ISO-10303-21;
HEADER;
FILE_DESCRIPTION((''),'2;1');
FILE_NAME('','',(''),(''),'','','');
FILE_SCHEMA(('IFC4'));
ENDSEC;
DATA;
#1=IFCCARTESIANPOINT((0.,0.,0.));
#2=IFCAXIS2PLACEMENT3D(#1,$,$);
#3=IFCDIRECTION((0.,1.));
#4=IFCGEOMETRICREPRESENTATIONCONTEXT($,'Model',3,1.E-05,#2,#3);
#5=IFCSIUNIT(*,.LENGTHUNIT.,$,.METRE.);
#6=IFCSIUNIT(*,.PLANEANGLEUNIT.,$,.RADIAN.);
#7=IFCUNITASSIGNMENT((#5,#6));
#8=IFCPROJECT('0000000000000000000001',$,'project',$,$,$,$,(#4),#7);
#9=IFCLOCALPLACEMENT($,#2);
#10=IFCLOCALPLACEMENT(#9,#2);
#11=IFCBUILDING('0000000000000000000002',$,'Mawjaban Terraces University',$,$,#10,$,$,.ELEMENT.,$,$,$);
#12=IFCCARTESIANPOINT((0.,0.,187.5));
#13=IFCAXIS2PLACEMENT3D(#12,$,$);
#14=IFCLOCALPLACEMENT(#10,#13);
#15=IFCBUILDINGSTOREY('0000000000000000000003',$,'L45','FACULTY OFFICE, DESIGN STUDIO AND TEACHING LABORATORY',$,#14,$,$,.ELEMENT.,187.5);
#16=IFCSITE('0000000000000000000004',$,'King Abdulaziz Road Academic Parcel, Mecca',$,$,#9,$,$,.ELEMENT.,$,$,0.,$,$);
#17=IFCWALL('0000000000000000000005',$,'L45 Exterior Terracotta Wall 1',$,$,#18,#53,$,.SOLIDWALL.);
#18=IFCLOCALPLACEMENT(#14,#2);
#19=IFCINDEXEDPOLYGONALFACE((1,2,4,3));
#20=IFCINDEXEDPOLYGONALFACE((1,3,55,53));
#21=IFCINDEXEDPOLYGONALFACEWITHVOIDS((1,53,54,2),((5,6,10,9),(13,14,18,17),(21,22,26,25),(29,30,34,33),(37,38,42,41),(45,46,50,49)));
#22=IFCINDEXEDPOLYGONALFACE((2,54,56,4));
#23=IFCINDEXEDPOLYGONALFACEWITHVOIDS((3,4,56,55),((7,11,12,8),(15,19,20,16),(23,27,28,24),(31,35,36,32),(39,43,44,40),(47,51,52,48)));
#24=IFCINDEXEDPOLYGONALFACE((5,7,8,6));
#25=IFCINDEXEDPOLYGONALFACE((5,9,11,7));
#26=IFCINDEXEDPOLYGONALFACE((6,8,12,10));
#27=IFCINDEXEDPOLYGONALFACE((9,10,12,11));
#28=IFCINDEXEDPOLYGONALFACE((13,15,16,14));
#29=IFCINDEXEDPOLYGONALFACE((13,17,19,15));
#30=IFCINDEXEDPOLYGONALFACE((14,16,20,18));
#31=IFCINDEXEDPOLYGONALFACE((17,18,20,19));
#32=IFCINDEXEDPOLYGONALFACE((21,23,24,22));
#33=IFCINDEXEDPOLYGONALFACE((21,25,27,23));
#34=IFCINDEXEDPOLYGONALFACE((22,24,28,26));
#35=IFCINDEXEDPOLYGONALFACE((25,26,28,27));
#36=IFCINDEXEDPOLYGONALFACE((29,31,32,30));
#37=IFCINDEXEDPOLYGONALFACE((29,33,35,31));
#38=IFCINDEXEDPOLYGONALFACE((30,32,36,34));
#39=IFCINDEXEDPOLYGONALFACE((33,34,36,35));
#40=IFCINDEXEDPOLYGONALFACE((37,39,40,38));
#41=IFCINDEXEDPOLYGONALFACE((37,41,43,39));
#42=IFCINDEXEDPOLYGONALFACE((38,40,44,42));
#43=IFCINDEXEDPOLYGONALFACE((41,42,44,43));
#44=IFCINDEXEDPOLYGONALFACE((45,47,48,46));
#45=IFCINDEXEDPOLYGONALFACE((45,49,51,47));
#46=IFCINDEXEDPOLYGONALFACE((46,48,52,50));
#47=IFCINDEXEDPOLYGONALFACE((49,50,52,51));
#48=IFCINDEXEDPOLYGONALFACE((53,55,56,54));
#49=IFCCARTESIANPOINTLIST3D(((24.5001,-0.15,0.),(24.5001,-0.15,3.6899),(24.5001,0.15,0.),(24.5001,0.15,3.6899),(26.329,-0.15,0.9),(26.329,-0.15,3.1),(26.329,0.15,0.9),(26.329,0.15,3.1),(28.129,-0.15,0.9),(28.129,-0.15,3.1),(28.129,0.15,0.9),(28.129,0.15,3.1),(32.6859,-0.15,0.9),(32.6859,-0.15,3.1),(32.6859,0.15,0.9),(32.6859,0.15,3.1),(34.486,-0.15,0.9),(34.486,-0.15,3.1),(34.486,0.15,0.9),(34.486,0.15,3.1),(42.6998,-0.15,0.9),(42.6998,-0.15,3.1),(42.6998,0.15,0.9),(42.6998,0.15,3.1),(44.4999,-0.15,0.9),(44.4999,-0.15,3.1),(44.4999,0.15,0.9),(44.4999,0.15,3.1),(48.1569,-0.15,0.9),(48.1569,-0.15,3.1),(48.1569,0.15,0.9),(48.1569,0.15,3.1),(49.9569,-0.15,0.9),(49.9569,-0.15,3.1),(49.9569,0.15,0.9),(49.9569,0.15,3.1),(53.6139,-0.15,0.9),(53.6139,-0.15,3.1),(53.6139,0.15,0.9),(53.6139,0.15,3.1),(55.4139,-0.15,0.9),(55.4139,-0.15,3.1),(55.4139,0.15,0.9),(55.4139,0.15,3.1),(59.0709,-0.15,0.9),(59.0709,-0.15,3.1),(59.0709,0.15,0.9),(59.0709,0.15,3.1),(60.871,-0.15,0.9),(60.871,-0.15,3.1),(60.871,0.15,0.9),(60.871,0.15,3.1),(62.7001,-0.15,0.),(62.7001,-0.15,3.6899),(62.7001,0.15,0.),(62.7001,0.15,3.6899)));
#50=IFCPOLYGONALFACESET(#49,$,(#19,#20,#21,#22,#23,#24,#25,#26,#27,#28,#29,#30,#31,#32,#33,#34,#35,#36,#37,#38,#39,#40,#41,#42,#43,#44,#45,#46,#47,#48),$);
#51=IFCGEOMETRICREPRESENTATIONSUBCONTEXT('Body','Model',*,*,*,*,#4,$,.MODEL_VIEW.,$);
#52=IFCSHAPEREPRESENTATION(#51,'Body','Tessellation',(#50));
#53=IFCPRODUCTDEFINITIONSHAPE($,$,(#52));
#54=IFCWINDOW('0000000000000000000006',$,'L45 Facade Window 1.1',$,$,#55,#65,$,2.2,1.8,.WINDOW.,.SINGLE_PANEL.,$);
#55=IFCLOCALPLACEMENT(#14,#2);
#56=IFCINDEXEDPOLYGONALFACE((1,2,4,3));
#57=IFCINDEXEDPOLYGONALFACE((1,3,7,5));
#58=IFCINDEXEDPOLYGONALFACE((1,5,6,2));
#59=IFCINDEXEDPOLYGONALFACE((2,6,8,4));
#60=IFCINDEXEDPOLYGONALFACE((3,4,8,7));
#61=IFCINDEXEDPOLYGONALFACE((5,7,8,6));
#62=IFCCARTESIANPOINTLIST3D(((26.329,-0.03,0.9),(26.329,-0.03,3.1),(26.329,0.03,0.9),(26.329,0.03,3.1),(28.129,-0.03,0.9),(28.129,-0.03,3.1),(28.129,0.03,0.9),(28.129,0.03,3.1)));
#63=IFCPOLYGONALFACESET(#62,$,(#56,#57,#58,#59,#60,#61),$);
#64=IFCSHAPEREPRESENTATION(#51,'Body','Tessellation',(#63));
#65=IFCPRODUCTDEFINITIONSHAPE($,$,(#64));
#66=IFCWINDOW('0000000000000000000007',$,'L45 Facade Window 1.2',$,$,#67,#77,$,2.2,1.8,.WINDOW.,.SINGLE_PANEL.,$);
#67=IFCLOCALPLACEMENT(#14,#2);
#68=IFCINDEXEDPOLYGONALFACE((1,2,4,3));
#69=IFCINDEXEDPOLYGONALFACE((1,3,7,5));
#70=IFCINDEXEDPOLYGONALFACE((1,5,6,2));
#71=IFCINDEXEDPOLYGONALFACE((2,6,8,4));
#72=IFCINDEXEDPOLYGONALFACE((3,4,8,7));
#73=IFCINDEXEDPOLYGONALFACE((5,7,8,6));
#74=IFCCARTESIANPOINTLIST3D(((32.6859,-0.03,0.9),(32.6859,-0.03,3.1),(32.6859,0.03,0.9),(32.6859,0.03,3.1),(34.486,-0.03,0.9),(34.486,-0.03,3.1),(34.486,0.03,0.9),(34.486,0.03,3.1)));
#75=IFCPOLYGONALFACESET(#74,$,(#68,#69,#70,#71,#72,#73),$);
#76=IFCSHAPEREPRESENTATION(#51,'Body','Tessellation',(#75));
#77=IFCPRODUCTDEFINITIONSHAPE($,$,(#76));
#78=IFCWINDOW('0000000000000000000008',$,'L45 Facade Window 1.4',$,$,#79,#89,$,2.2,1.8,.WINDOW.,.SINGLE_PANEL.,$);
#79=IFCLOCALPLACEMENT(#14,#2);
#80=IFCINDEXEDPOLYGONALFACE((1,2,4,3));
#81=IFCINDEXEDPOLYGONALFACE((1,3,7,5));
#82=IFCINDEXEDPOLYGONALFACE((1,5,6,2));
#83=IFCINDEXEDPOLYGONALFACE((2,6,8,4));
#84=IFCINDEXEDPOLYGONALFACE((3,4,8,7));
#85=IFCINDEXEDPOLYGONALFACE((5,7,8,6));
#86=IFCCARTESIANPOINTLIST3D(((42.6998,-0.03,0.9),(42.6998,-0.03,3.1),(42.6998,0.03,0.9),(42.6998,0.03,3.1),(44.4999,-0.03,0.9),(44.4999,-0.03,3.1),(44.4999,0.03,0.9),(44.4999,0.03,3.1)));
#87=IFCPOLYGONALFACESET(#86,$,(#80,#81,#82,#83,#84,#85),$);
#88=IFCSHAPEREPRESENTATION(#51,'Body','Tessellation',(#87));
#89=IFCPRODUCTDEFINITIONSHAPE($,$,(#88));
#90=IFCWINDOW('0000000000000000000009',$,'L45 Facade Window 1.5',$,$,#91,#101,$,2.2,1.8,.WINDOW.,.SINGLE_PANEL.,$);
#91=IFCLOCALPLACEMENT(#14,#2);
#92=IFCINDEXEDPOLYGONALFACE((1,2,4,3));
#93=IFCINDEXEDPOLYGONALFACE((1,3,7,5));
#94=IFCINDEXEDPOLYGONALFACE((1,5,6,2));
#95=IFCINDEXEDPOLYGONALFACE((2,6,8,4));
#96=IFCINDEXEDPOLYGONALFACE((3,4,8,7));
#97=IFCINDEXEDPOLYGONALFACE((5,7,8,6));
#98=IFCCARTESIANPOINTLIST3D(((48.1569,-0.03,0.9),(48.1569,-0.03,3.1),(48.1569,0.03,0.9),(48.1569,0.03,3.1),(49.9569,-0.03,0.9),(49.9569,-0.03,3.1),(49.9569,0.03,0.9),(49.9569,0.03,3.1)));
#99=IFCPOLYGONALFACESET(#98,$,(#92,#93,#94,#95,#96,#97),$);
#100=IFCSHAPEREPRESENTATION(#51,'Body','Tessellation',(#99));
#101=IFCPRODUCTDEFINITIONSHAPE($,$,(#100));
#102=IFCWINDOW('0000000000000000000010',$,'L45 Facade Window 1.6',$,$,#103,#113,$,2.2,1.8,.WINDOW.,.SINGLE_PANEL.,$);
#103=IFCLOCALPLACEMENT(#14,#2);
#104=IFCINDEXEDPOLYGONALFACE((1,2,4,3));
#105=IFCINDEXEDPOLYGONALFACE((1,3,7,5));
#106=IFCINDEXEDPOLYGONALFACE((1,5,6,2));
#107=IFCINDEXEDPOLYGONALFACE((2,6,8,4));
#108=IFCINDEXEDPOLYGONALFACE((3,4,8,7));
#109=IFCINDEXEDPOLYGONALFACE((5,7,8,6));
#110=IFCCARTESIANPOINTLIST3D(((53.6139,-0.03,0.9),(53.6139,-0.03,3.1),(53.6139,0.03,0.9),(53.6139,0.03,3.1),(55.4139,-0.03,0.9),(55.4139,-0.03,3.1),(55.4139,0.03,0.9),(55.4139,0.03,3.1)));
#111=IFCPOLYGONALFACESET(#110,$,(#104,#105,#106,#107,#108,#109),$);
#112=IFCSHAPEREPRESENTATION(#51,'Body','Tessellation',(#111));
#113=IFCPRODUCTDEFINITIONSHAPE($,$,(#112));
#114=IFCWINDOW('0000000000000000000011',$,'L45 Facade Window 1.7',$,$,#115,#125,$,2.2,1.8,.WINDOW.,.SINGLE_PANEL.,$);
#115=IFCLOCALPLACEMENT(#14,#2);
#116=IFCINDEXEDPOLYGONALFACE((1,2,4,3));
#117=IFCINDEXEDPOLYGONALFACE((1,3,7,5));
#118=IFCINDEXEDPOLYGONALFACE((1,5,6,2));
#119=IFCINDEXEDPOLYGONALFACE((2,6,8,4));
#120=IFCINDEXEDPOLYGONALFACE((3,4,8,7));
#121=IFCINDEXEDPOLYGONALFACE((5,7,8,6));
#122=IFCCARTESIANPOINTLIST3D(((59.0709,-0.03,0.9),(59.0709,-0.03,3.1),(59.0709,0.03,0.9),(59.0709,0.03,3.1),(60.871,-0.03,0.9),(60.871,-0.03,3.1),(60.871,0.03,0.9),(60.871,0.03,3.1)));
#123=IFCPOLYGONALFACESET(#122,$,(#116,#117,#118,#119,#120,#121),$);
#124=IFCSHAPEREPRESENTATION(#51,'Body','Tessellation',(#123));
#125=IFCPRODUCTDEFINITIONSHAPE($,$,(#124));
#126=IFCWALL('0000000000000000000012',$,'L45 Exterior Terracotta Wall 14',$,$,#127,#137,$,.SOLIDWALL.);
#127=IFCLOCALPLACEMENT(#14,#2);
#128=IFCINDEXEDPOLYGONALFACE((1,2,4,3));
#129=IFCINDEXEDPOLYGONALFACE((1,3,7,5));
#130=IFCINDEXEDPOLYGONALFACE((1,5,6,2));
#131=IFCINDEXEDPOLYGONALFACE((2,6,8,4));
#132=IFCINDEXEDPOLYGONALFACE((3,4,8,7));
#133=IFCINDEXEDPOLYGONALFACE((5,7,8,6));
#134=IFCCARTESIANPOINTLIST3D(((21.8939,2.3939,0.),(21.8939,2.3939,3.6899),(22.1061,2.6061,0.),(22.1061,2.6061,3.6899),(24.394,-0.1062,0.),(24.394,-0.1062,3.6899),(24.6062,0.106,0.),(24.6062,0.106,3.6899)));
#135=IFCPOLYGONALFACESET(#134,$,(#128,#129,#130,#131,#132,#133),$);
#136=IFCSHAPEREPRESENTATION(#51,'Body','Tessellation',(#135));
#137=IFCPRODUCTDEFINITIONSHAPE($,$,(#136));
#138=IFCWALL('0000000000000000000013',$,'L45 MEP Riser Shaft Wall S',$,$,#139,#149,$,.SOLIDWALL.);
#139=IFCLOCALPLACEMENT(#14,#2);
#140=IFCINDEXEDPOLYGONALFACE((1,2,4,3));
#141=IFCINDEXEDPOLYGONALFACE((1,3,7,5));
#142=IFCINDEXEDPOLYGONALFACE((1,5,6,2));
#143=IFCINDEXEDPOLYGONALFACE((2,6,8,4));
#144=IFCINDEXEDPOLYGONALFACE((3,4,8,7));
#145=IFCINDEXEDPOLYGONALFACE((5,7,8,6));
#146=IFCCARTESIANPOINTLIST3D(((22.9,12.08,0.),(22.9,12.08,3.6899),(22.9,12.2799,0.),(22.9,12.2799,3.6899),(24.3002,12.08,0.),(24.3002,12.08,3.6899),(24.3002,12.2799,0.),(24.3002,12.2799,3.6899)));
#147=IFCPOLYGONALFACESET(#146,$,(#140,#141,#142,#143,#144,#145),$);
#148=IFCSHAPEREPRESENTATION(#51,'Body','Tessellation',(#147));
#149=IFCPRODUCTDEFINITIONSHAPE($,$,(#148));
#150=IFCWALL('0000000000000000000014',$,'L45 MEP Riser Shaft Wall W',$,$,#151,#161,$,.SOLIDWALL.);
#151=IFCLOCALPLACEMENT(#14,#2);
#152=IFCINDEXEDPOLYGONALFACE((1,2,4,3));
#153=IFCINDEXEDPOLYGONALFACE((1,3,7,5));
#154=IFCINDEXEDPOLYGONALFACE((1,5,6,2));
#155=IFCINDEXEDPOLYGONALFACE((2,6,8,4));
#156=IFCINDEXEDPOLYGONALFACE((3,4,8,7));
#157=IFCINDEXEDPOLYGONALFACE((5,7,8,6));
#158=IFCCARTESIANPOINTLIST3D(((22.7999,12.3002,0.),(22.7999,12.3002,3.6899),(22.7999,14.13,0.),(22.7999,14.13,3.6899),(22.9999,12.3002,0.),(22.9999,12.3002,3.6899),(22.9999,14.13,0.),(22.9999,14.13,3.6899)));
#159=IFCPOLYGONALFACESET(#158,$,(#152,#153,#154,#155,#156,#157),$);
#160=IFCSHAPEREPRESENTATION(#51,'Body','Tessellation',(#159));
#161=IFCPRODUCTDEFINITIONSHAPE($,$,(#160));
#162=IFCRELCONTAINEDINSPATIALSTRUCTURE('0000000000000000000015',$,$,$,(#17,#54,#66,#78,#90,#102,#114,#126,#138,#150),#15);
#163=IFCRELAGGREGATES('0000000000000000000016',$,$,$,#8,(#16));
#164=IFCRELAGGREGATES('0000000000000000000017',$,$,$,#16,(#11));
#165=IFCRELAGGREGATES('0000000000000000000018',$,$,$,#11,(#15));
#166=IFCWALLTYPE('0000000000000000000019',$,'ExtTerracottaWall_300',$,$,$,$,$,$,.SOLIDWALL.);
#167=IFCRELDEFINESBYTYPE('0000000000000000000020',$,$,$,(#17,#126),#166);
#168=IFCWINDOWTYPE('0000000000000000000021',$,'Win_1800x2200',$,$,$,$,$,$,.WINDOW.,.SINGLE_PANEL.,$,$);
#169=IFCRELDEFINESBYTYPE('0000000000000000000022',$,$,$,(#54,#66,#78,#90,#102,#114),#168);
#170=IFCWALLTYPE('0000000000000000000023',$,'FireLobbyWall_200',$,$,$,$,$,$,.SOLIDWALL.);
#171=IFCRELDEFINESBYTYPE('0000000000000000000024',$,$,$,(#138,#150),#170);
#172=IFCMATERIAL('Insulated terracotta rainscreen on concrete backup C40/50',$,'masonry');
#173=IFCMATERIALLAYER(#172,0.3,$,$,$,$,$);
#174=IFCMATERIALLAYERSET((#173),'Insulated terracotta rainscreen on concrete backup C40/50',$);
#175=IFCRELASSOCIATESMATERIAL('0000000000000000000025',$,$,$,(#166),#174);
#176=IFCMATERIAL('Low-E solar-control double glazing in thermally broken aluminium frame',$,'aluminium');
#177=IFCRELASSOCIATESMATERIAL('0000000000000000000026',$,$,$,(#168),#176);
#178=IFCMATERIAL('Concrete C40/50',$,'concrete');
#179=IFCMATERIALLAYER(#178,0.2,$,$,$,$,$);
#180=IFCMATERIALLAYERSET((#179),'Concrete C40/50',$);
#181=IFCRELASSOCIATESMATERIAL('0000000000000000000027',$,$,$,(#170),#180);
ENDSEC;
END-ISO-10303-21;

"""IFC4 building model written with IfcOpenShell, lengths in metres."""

from ifc_helpers import new_model, si_unit, direction, frame, frame_2d, origin, place, context, subcontext, project, spatial, rectangle, extrude, material, layer, layer_set, type_object, element, fill, save


model = new_model("IFC4")

# Units and contexts
model_context = context("Model", 3, precision=1e-05, world=origin(), true_north=direction((0.0, 1.0)))
body_context = subcontext(model_context, "Body", "Model", "MODEL_VIEW")
ifc_project = project(units=[si_unit("LENGTHUNIT", "METRE"), si_unit("PLANEANGLEUNIT", "RADIAN")], contexts=[model_context])

# Site, building, storey
site_placement = place(None, origin())
site = spatial("IfcSite", under=ifc_project, at=site_placement, Name="King Abdulaziz Road Academic Parcel, Mecca", CompositionType="ELEMENT", RefElevation=0.0)
building_placement = place(site_placement, origin())
building = spatial("IfcBuilding", under=site, at=building_placement, Name="Mawjaban Terraces University", CompositionType="ELEMENT")
storey_placement = place(building_placement, frame((0.0, 0.0, 187.5)))
storey = spatial("IfcBuildingStorey", under=building, at=storey_placement, Name="L45", Description="FACULTY OFFICE, DESIGN STUDIO AND TEACHING LABORATORY", CompositionType="ELEMENT", Elevation=187.5)

# Wall, openings, windows
ifc_material_1 = material(Name="Insulated terracotta rainscreen on concrete backup C40/50", Category="masonry")
ifc_layer_1 = layer(ifc_material_1, 0.3)
ifc_layer_set_1 = layer_set([ifc_layer_1], Name="Insulated terracotta rainscreen on concrete backup C40/50")
wall_type_1 = type_object("IfcWallType", Name="ExtTerracottaWall_300", PredefinedType="SOLIDWALL", material=ifc_layer_set_1)
wall_1_placement = place(storey_placement, frame((24.5, 0.0, 0.0), z_axis=(0.0, 0.0, 1.0), x_axis=(1.0, 0.0, 0.0)))
wall_1 = element("IfcWall", 1, at=wall_1_placement, inside=storey, type_object=wall_type_1, Name="L45 Exterior Terracotta Wall 1", PredefinedType="SOLIDWALL", context=body_context, shape_type="SweptSolid", body=[
    extrude(rectangle(XDim=38.2, YDim=0.3, at=frame_2d((19.1001, 0.0))), origin(), (0.0, 0.0, 1.0), 3.6899),
])
opening_1_placement = place(wall_1_placement, frame((1.8291, 0.0, 0.8999)))
opening_1 = element("IfcOpeningElement", 2, at=opening_1_placement, cuts=wall_1, PredefinedType="OPENING", context=body_context, shape_type="SweptSolid", body=[
    extrude(rectangle(XDim=1.8, YDim=2.2, at=frame_2d((0.8999, 1.1001))), frame((0.0, 0.1599, 0.0), z_axis=(0.0, -1.0, 0.0), x_axis=(1.0, 0.0, 0.0)), (0.0, 0.0, 1.0), 0.3201),
])
opening_2_placement = place(wall_1_placement, frame((8.186, 0.0, 0.8999)))
opening_2 = element("IfcOpeningElement", 3, at=opening_2_placement, cuts=wall_1, PredefinedType="OPENING", context=body_context, shape_type="SweptSolid", body=[
    extrude(rectangle(XDim=1.8, YDim=2.2, at=frame_2d((0.8999, 1.1001))), frame((0.0, 0.1599, 0.0), z_axis=(0.0, -1.0, 0.0), x_axis=(1.0, 0.0, 0.0)), (0.0, 0.0, 1.0), 0.3201),
])
opening_3_placement = place(wall_1_placement, frame((18.2, 0.0, 0.8999)))
opening_3 = element("IfcOpeningElement", 4, at=opening_3_placement, cuts=wall_1, PredefinedType="OPENING", context=body_context, shape_type="SweptSolid", body=[
    extrude(rectangle(XDim=1.8, YDim=2.2, at=frame_2d((0.8999, 1.1001))), frame((0.0, 0.1599, 0.0), z_axis=(0.0, -1.0, 0.0), x_axis=(1.0, 0.0, 0.0)), (0.0, 0.0, 1.0), 0.3201),
])
opening_4_placement = place(wall_1_placement, frame((23.657, 0.0, 0.8999)))
opening_4 = element("IfcOpeningElement", 5, at=opening_4_placement, cuts=wall_1, PredefinedType="OPENING", context=body_context, shape_type="SweptSolid", body=[
    extrude(rectangle(XDim=1.8, YDim=2.2, at=frame_2d((0.8999, 1.1001))), frame((0.0, 0.1599, 0.0), z_axis=(0.0, -1.0, 0.0), x_axis=(1.0, 0.0, 0.0)), (0.0, 0.0, 1.0), 0.3201),
])
opening_5_placement = place(wall_1_placement, frame((29.114, 0.0, 0.8999)))
opening_5 = element("IfcOpeningElement", 6, at=opening_5_placement, cuts=wall_1, PredefinedType="OPENING", context=body_context, shape_type="SweptSolid", body=[
    extrude(rectangle(XDim=1.8, YDim=2.2, at=frame_2d((0.8999, 1.1001))), frame((0.0, 0.1599, 0.0), z_axis=(0.0, -1.0, 0.0), x_axis=(1.0, 0.0, 0.0)), (0.0, 0.0, 1.0), 0.3201),
])
opening_6_placement = place(wall_1_placement, frame((34.571, 0.0, 0.8999)))
opening_6 = element("IfcOpeningElement", 7, at=opening_6_placement, cuts=wall_1, PredefinedType="OPENING", context=body_context, shape_type="SweptSolid", body=[
    extrude(rectangle(XDim=1.8, YDim=2.2, at=frame_2d((0.8999, 1.1001))), frame((0.0, 0.1599, 0.0), z_axis=(0.0, -1.0, 0.0), x_axis=(1.0, 0.0, 0.0)), (0.0, 0.0, 1.0), 0.3201),
])
ifc_material_2 = material(Name="Low-E solar-control double glazing in thermally broken aluminium frame", Category="aluminium")
window_type = type_object("IfcWindowType", Name="Win_1800x2200", PartitioningType="SINGLE_PANEL", PredefinedType="WINDOW", material=ifc_material_2)
window_1_placement = place(opening_1_placement, origin())
window_1 = element("IfcWindow", 8, at=window_1_placement, inside=storey, type_object=window_type, Name="L45 Facade Window 1.1", OverallHeight=2.2, OverallWidth=1.8, PartitioningType="SINGLE_PANEL", PredefinedType="WINDOW", context=body_context, shape_type="SweptSolid", body=[
    extrude(rectangle(XDim=1.8, YDim=2.2, at=frame_2d((0.8999, 1.1001))), frame((0.0, 0.03, 0.0), z_axis=(0.0, -1.0, 0.0), x_axis=(1.0, 0.0, 0.0)), (0.0, 0.0, 1.0), 0.0601),
])
fill(opening_1, window_1)
window_2_placement = place(opening_2_placement, origin())
window_2 = element("IfcWindow", 9, at=window_2_placement, inside=storey, type_object=window_type, Name="L45 Facade Window 1.2", OverallHeight=2.2, OverallWidth=1.8, PartitioningType="SINGLE_PANEL", PredefinedType="WINDOW", context=body_context, shape_type="SweptSolid", body=[
    extrude(rectangle(XDim=1.8, YDim=2.2, at=frame_2d((0.8999, 1.1001))), frame((0.0, 0.03, 0.0), z_axis=(0.0, -1.0, 0.0), x_axis=(1.0, 0.0, 0.0)), (0.0, 0.0, 1.0), 0.0601),
])
fill(opening_2, window_2)
window_3_placement = place(opening_3_placement, origin())
window_3 = element("IfcWindow", 10, at=window_3_placement, inside=storey, type_object=window_type, Name="L45 Facade Window 1.4", OverallHeight=2.2, OverallWidth=1.8, PartitioningType="SINGLE_PANEL", PredefinedType="WINDOW", context=body_context, shape_type="SweptSolid", body=[
    extrude(rectangle(XDim=1.8, YDim=2.2, at=frame_2d((0.8999, 1.1001))), frame((0.0, 0.03, 0.0), z_axis=(0.0, -1.0, 0.0), x_axis=(1.0, 0.0, 0.0)), (0.0, 0.0, 1.0), 0.0601),
])
fill(opening_3, window_3)
window_4_placement = place(opening_4_placement, origin())
window_4 = element("IfcWindow", 11, at=window_4_placement, inside=storey, type_object=window_type, Name="L45 Facade Window 1.5", OverallHeight=2.2, OverallWidth=1.8, PartitioningType="SINGLE_PANEL", PredefinedType="WINDOW", context=body_context, shape_type="SweptSolid", body=[
    extrude(rectangle(XDim=1.8, YDim=2.2, at=frame_2d((0.8999, 1.1001))), frame((0.0, 0.03, 0.0), z_axis=(0.0, -1.0, 0.0), x_axis=(1.0, 0.0, 0.0)), (0.0, 0.0, 1.0), 0.0601),
])
fill(opening_4, window_4)
window_5_placement = place(opening_5_placement, origin())
window_5 = element("IfcWindow", 12, at=window_5_placement, inside=storey, type_object=window_type, Name="L45 Facade Window 1.6", OverallHeight=2.2, OverallWidth=1.8, PartitioningType="SINGLE_PANEL", PredefinedType="WINDOW", context=body_context, shape_type="SweptSolid", body=[
    extrude(rectangle(XDim=1.8, YDim=2.2, at=frame_2d((0.8999, 1.1001))), frame((0.0, 0.03, 0.0), z_axis=(0.0, -1.0, 0.0), x_axis=(1.0, 0.0, 0.0)), (0.0, 0.0, 1.0), 0.0601),
])
fill(opening_5, window_5)
window_6_placement = place(opening_6_placement, origin())
window_6 = element("IfcWindow", 13, at=window_6_placement, inside=storey, type_object=window_type, Name="L45 Facade Window 1.7", OverallHeight=2.2, OverallWidth=1.8, PartitioningType="SINGLE_PANEL", PredefinedType="WINDOW", context=body_context, shape_type="SweptSolid", body=[
    extrude(rectangle(XDim=1.8, YDim=2.2, at=frame_2d((0.8999, 1.1001))), frame((0.0, 0.03, 0.0), z_axis=(0.0, -1.0, 0.0), x_axis=(1.0, 0.0, 0.0)), (0.0, 0.0, 1.0), 0.0601),
])
fill(opening_6, window_6)

# Walls
wall_2_placement = place(storey_placement, frame((22.0, 2.5, 0.0), z_axis=(0.0, 0.0, 1.0), x_axis=(0.707107, -0.707107, 0.0)))
element("IfcWall", 14, at=wall_2_placement, inside=storey, type_object=wall_type_1, Name="L45 Exterior Terracotta Wall 14", PredefinedType="SOLIDWALL", context=body_context, shape_type="SweptSolid", body=[
    extrude(rectangle(XDim=3.5356, YDim=0.3, at=frame_2d((1.7678, 0.0))), origin(), (0.0, 0.0, 1.0), 3.6899),
])
ifc_material_3 = material(Name="Concrete C40/50", Category="concrete")
ifc_layer_2 = layer(ifc_material_3, 0.2)
ifc_layer_set_2 = layer_set([ifc_layer_2], Name="Concrete C40/50")
wall_type_2 = type_object("IfcWallType", Name="FireLobbyWall_200", PredefinedType="SOLIDWALL", material=ifc_layer_set_2)
wall_3_placement = place(storey_placement, frame((22.8999, 12.1799, 0.0), z_axis=(0.0, 0.0, 1.0), x_axis=(1.0, 0.0, 0.0)))
element("IfcWall", 15, at=wall_3_placement, inside=storey, type_object=wall_type_2, Name="L45 MEP Riser Shaft Wall S", PredefinedType="SOLIDWALL", context=body_context, shape_type="SweptSolid", body=[
    extrude(rectangle(XDim=1.4001, YDim=0.2, at=frame_2d((0.7002, 0.0))), origin(), (0.0, 0.0, 1.0), 3.6899),
])
wall_4_placement = place(storey_placement, frame((22.8999, 12.3, 0.0), z_axis=(0.0, 0.0, 1.0), x_axis=(0.0, 1.0, 0.0)))
element("IfcWall", 16, at=wall_4_placement, inside=storey, type_object=wall_type_2, Name="L45 MEP Riser Shaft Wall W", PredefinedType="SOLIDWALL", context=body_context, shape_type="SweptSolid", body=[
    extrude(rectangle(XDim=1.8298, YDim=0.2, at=frame_2d((0.915, 0.0))), origin(), (0.0, 0.0, 1.0), 3.6899),
])

save(model, "model.ifc")
